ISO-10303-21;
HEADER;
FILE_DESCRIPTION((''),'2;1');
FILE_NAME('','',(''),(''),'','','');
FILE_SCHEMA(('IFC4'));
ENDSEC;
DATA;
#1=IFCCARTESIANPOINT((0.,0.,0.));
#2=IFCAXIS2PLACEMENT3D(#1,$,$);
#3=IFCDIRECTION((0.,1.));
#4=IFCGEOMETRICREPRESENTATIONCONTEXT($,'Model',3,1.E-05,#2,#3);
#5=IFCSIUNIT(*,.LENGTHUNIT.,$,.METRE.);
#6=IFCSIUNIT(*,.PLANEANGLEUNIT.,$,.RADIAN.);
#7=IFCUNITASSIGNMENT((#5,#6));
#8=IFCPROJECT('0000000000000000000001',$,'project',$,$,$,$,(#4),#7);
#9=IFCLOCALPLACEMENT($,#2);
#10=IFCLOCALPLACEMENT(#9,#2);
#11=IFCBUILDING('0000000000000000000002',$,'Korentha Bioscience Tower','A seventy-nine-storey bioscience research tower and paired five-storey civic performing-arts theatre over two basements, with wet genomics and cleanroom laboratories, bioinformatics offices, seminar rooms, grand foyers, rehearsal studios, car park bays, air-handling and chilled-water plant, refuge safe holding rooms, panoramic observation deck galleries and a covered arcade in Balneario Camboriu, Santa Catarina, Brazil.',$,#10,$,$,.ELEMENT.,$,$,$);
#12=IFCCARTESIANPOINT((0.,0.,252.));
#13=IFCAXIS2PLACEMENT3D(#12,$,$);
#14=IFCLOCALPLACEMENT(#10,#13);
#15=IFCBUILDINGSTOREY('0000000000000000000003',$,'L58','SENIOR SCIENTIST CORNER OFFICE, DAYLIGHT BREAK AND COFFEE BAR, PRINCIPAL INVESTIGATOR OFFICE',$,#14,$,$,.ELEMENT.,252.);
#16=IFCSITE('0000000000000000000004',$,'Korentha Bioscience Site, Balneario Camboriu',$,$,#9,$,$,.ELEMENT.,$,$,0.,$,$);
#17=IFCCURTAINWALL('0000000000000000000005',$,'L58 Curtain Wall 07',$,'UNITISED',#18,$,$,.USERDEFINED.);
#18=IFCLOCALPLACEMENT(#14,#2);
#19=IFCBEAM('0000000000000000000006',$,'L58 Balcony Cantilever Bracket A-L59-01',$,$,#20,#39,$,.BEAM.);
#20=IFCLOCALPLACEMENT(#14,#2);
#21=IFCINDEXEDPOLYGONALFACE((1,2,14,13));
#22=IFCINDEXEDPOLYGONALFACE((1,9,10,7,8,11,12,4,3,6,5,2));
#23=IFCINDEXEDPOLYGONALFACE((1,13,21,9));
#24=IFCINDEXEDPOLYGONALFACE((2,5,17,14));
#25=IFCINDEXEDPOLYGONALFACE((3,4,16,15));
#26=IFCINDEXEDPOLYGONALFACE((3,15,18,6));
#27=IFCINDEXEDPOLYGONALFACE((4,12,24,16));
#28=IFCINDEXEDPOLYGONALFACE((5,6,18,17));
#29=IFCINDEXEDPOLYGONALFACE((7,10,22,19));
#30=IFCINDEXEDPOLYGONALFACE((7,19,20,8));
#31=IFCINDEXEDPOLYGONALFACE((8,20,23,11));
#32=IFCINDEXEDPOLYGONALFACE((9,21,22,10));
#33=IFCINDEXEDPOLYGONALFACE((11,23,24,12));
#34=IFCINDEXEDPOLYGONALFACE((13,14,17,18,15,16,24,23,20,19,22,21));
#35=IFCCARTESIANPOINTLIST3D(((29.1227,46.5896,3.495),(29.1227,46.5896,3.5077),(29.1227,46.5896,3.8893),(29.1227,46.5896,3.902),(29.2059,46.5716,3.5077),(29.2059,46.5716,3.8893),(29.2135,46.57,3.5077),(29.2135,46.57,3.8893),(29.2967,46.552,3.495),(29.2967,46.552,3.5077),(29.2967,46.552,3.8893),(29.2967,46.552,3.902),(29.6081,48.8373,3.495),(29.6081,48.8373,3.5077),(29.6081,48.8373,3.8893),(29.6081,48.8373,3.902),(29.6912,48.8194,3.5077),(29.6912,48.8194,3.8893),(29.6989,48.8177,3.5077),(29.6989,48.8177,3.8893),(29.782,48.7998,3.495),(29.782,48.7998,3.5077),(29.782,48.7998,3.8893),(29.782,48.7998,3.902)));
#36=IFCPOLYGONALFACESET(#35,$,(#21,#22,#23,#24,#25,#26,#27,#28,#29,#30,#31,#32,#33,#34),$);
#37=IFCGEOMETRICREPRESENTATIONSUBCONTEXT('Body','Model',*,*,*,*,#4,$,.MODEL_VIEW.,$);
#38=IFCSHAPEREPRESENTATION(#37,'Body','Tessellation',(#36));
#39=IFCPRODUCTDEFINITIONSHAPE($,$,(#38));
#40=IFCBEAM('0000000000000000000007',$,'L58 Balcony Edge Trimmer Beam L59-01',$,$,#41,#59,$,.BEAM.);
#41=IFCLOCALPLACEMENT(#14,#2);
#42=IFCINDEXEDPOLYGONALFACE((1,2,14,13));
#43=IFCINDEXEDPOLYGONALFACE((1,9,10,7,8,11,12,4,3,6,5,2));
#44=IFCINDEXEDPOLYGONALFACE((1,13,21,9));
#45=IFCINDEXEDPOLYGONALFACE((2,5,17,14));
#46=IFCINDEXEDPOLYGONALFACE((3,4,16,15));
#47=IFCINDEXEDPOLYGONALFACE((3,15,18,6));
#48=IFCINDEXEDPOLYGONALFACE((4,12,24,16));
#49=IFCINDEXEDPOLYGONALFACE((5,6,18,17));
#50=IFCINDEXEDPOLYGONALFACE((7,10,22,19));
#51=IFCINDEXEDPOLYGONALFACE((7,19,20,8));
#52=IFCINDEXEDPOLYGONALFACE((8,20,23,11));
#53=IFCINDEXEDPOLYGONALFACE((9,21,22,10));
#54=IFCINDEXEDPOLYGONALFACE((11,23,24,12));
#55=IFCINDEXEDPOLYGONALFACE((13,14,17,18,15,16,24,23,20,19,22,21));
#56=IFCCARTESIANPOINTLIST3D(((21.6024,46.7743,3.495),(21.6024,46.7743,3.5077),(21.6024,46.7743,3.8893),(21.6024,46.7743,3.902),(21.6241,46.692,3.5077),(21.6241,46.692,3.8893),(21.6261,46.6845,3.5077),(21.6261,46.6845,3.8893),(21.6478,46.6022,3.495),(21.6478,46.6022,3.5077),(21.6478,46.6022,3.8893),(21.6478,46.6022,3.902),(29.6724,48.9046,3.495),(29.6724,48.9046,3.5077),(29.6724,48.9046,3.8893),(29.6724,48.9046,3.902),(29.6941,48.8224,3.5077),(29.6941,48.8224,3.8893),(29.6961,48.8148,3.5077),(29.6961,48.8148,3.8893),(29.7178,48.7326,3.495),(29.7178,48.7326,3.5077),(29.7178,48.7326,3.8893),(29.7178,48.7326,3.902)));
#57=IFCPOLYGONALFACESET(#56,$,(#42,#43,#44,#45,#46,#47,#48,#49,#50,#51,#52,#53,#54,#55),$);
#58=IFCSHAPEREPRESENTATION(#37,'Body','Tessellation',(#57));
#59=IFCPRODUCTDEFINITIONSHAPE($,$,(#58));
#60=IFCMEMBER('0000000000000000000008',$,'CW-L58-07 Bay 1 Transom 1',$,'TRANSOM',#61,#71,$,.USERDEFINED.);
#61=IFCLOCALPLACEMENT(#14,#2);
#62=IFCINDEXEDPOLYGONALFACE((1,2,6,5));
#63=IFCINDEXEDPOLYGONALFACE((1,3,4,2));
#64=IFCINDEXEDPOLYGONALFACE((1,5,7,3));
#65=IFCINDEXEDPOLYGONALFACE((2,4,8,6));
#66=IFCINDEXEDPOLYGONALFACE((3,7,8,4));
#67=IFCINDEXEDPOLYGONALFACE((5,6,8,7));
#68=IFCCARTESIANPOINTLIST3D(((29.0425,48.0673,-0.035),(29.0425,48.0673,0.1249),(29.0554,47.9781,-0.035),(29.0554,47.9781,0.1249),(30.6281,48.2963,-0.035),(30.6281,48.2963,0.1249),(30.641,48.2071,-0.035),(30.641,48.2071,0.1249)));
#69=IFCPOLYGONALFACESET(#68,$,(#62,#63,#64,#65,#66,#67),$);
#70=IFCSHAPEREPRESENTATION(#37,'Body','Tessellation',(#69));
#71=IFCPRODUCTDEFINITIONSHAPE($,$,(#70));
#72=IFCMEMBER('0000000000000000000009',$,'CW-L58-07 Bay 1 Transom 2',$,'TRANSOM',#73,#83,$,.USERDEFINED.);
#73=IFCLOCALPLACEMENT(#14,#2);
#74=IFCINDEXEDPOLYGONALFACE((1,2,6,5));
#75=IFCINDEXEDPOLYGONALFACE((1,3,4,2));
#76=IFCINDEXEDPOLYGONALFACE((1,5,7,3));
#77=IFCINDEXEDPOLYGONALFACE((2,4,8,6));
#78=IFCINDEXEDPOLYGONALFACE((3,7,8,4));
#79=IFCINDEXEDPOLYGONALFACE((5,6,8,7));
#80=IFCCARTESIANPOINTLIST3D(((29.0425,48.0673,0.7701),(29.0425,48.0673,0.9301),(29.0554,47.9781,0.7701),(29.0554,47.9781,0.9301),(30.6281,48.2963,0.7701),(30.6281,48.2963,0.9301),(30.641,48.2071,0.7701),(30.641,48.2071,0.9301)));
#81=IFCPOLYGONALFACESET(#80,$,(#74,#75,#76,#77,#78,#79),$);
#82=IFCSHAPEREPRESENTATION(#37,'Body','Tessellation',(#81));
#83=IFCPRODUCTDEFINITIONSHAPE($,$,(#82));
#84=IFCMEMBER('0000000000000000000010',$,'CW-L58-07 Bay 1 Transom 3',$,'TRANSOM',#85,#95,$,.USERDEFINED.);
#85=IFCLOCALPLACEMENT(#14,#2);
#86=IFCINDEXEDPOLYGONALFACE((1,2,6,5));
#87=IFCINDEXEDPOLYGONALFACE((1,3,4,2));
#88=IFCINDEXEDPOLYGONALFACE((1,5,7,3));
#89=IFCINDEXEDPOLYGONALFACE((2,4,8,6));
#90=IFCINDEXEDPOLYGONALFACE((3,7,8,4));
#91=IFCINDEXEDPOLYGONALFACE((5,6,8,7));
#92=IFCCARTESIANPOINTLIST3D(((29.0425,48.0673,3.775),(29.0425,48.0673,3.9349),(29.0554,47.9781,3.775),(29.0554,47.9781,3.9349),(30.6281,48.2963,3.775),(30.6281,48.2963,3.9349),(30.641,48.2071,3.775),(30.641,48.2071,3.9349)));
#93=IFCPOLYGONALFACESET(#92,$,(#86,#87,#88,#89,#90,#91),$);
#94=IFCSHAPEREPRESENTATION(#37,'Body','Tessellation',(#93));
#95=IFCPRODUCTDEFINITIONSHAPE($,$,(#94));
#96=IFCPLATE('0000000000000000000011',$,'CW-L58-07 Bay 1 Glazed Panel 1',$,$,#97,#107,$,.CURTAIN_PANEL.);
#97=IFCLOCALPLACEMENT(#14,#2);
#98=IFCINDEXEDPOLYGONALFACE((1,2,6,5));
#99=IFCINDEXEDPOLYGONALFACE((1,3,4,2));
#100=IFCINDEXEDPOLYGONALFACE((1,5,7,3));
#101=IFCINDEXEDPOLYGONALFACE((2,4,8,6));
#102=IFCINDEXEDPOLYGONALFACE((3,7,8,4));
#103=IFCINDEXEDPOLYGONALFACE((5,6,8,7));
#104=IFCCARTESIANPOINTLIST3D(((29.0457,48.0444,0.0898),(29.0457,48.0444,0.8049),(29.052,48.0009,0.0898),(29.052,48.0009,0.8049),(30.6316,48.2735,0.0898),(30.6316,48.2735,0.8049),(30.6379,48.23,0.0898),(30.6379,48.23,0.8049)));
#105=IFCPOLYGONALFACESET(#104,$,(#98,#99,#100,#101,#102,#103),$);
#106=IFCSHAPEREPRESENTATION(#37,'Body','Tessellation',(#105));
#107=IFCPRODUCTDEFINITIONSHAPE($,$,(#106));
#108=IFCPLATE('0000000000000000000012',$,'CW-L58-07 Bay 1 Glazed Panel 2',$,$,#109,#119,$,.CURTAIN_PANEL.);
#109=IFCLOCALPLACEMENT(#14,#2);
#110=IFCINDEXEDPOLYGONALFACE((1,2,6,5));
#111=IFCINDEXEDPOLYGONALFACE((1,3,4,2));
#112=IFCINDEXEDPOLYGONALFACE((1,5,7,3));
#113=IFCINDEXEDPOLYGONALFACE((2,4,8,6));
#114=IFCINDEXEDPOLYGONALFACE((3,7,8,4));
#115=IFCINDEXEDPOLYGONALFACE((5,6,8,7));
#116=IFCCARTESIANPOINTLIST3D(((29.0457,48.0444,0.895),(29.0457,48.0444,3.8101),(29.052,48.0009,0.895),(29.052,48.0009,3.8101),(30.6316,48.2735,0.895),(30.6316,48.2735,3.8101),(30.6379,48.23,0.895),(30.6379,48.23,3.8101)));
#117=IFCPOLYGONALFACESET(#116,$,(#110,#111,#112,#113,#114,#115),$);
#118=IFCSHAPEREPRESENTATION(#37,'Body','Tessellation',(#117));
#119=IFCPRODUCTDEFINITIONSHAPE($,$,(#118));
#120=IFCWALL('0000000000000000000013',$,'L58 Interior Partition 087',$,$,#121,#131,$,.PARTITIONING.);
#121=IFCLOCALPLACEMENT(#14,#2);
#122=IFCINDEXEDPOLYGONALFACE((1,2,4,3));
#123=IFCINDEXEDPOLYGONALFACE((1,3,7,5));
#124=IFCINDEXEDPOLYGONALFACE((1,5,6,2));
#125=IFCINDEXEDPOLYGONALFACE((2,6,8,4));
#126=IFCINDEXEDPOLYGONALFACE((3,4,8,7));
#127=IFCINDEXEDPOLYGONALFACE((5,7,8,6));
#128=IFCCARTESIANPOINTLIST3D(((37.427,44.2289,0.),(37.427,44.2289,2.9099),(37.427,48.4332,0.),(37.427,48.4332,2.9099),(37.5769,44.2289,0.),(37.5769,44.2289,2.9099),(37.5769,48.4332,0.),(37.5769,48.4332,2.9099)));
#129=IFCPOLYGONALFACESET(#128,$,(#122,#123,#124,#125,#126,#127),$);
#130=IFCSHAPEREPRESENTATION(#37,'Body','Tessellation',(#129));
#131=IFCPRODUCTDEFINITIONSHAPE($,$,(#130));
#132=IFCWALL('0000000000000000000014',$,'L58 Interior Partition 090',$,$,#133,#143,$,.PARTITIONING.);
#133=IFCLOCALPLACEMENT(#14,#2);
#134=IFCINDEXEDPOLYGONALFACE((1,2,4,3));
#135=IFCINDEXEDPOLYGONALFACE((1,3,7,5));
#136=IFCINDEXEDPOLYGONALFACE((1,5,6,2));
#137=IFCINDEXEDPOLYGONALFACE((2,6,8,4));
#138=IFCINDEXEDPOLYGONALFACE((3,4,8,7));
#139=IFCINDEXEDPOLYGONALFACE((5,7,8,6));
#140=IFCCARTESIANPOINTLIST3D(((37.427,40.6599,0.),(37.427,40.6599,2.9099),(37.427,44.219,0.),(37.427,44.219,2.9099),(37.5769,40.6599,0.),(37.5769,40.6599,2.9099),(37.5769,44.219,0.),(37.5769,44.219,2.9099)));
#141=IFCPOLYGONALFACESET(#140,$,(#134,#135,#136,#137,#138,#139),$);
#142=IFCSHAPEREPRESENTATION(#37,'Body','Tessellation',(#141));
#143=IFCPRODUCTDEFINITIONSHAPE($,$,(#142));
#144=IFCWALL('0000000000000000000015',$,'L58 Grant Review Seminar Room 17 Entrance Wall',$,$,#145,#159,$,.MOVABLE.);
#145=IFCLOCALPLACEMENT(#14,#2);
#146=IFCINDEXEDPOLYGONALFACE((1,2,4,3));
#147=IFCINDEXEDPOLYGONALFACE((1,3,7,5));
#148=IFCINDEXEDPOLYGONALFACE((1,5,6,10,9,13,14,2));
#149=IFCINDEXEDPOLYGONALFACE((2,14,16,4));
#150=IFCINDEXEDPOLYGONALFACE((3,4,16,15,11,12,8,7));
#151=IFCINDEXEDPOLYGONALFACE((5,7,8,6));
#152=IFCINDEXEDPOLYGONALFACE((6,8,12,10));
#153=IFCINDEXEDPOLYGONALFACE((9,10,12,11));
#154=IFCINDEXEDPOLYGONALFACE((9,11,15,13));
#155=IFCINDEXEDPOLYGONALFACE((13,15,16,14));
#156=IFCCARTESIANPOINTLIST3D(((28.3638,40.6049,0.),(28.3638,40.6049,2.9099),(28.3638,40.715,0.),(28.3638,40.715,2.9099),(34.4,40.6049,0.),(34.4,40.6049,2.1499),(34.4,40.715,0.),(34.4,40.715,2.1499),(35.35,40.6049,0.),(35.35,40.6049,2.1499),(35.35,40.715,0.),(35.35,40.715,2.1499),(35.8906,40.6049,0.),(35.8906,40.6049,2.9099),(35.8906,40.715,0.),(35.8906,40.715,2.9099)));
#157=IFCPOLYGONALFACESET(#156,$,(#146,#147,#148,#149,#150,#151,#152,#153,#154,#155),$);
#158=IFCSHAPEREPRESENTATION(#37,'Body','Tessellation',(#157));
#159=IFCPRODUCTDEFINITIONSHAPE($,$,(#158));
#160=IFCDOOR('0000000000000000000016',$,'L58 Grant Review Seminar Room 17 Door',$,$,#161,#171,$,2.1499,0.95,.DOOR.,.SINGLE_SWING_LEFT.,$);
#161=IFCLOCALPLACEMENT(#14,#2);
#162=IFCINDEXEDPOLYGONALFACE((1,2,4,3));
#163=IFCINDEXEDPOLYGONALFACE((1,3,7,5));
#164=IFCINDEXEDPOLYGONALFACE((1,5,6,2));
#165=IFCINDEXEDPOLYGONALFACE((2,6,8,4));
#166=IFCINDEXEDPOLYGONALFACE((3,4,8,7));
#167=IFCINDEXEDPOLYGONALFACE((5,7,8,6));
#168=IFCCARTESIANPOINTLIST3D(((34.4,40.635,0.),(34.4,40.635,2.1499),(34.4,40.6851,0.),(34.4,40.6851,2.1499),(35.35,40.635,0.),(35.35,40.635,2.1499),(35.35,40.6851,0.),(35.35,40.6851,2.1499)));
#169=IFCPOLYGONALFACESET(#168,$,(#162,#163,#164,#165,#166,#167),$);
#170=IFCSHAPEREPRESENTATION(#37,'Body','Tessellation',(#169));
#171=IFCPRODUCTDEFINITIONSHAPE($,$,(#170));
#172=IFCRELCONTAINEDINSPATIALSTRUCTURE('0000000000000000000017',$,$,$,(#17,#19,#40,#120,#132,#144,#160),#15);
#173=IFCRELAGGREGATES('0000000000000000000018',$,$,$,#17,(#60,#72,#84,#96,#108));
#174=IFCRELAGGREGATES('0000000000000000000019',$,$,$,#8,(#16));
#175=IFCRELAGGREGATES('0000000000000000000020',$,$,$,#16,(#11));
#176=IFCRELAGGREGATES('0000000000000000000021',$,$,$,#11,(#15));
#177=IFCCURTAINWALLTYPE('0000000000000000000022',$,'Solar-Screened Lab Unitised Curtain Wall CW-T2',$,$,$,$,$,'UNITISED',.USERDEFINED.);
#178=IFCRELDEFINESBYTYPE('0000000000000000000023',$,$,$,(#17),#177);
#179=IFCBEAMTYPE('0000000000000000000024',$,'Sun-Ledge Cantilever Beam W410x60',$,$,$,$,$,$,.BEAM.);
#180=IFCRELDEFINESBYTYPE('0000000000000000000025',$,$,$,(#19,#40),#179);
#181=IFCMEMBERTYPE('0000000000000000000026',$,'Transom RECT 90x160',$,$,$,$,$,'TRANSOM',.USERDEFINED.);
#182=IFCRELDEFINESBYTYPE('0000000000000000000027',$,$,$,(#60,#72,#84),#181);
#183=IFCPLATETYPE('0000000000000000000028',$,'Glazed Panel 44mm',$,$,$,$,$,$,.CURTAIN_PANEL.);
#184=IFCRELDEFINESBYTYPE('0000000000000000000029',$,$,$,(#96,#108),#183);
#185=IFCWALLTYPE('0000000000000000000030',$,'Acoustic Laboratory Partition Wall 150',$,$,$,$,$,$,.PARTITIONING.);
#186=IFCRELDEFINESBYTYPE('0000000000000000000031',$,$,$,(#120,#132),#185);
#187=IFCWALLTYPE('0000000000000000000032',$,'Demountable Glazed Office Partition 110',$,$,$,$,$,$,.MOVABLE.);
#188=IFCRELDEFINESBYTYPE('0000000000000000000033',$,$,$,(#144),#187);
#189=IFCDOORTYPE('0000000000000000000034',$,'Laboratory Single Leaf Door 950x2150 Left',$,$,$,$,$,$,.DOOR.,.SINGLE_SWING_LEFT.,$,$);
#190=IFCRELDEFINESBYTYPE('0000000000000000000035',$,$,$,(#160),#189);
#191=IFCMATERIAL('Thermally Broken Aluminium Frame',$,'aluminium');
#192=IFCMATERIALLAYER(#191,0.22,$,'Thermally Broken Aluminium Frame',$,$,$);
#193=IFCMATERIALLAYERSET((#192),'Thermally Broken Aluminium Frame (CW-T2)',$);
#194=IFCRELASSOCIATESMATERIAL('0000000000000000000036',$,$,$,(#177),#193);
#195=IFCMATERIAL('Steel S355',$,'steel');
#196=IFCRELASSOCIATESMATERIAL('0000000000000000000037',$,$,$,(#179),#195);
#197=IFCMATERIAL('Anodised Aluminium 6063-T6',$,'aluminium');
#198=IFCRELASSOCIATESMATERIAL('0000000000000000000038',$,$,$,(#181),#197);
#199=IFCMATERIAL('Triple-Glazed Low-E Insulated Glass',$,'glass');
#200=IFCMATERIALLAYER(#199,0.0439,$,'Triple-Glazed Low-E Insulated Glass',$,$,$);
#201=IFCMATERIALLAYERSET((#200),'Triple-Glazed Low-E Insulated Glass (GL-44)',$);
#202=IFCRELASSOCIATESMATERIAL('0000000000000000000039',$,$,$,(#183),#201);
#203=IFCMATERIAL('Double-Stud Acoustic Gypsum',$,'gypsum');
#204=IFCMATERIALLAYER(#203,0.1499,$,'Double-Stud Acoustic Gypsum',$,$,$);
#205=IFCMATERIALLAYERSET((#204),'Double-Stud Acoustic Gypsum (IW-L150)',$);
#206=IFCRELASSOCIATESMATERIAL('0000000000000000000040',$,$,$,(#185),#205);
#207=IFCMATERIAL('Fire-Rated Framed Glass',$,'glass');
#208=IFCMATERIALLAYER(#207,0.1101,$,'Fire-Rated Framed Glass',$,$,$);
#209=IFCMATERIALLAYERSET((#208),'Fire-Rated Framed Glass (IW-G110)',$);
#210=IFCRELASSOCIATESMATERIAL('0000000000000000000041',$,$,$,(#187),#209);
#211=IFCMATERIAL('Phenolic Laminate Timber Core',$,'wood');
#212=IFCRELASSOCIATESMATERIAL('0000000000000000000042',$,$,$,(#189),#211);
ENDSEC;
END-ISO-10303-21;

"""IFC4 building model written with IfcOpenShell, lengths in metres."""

from ifc_helpers import new_model, si_unit, direction, frame, frame_2d, origin, origin_2d, place, context, subcontext, project, spatial, rectangle, i_section, extrude, material, layer, layer_set, material_profile, profile_set, type_object, element, fill, aggregate, save


model = new_model("IFC4")

# Units and contexts
model_context = context("Model", 3, precision=1e-05, world=origin(), true_north=direction((0.0, 1.0)))
body_context = subcontext(model_context, "Body", "Model", "MODEL_VIEW")
ifc_project = project(units=[si_unit("LENGTHUNIT", "METRE"), si_unit("PLANEANGLEUNIT", "RADIAN")], contexts=[model_context])

# Site, building, storey
site_placement = place(None, origin())
site = spatial("IfcSite", under=ifc_project, at=site_placement, Name="Korentha Bioscience Site, Balneario Camboriu", CompositionType="ELEMENT", RefElevation=0.0)
building_placement = place(site_placement, origin())
building = spatial("IfcBuilding", under=site, at=building_placement, Name="Korentha Bioscience Tower", Description="A seventy-nine-storey bioscience research tower and paired five-storey civic performing-arts theatre over two basements, with wet genomics and cleanroom laboratories, bioinformatics offices, seminar rooms, grand foyers, rehearsal studios, car park bays, air-handling and chilled-water plant, refuge safe holding rooms, panoramic observation deck galleries and a covered arcade in Balneario Camboriu, Santa Catarina, Brazil.", CompositionType="ELEMENT")
storey_placement = place(building_placement, frame((0.0, 0.0, 252.0)))
storey = spatial("IfcBuildingStorey", under=building, at=storey_placement, Name="L58", Description="SENIOR SCIENTIST CORNER OFFICE, DAYLIGHT BREAK AND COFFEE BAR, PRINCIPAL INVESTIGATOR OFFICE", CompositionType="ELEMENT", Elevation=252.0)

# Curtain wall
ifc_material_1 = material(Name="Thermally Broken Aluminium Frame", Category="aluminium")
ifc_layer_1 = layer(ifc_material_1, 0.22, Name="Thermally Broken Aluminium Frame")
ifc_layer_set_1 = layer_set([ifc_layer_1], Name="Thermally Broken Aluminium Frame (CW-T2)")
curtain_wall_type = type_object("IfcCurtainWallType", Name="Solar-Screened Lab Unitised Curtain Wall CW-T2", ElementType="UNITISED", PredefinedType="USERDEFINED", material=ifc_layer_set_1)
curtain_wall_placement = place(storey_placement, origin())
curtain_wall = element("IfcCurtainWall", 1, at=curtain_wall_placement, inside=storey, type_object=curtain_wall_type, Name="L58 Curtain Wall 07", ObjectType="UNITISED", PredefinedType="USERDEFINED")
ifc_material_2 = material(Name="Anodised Aluminium 6063-T6", Category="aluminium")

# Beams
ifc_material_3 = material(Name="Steel S355", Category="steel")
ifc_material_profile_1 = material_profile(ifc_material_3, i_section(OverallWidth=0.178, OverallDepth=0.407, WebThickness=0.0078, FlangeThickness=0.0127, at=origin_2d()), Name="Steel S355")
ifc_profile_set_1 = profile_set([ifc_material_profile_1], Name="Steel S355 (CB-410)")
beam_type_1 = type_object("IfcBeamType", Name="Sun-Ledge Cantilever Beam W410x60", PredefinedType="BEAM", material=ifc_profile_set_1)
beam_1_placement = place(storey_placement, frame((29.2097, 46.5708, 3.6985), z_axis=(0.211059, 0.977473, 0.0), x_axis=(-0.977473, 0.211059, 0.0)))
element("IfcBeam", 2, at=beam_1_placement, inside=storey, type_object=beam_type_1, Name="L58 Balcony Cantilever Bracket A-L59-01", PredefinedType="BEAM", context=body_context, shape_type="SweptSolid", body=[
    extrude(i_section(OverallWidth=0.178, OverallDepth=0.407, WebThickness=0.0078, FlangeThickness=0.0127, at=origin_2d()), origin(), (0.0, 0.0, 1.0), 2.2996),
])
beam_2_placement = place(storey_placement, frame((29.6951, 48.8186, 3.6985), z_axis=(-0.966878, -0.25524, 0.0), x_axis=(0.25524, -0.966878, 0.0)))
element("IfcBeam", 3, at=beam_2_placement, inside=storey, type_object=beam_type_1, Name="L58 Balcony Edge Trimmer Beam L59-01", PredefinedType="BEAM", context=body_context, shape_type="SweptSolid", body=[
    extrude(i_section(OverallWidth=0.178, OverallDepth=0.407, WebThickness=0.0078, FlangeThickness=0.0127, at=origin_2d()), origin(), (0.0, 0.0, 1.0), 8.3464),
])

# Members
ifc_material_profile_2 = material_profile(ifc_material_2, rectangle(XDim=0.0901, YDim=0.1599, at=origin_2d()), Name="Anodised Aluminium 6063-T6")
ifc_profile_set_2 = profile_set([ifc_material_profile_2], Name="Anodised Aluminium 6063-T6 (CW-TRN)")
member_type_1 = type_object("IfcMemberType", Name="Transom RECT 90x160", ElementType="TRANSOM", PredefinedType="USERDEFINED", material=ifc_profile_set_2)
member_1_placement = place(storey_placement, frame((30.6345, 48.2517, 0.0449), z_axis=(-0.989732, -0.142936, 0.0), x_axis=(0.142936, -0.989732, 0.0)))
member_1 = element("IfcMember", 4, at=member_1_placement, type_object=member_type_1, Name="CW-L58-07 Bay 1 Transom 1", ObjectType="TRANSOM", PredefinedType="USERDEFINED", context=body_context, shape_type="SweptSolid", body=[
    extrude(rectangle(XDim=0.0901, YDim=0.1599, at=origin_2d()), origin(), (0.0, 0.0, 1.0), 1.6021),
])
member_2_placement = place(storey_placement, frame((30.6345, 48.2517, 0.8501), z_axis=(-0.989732, -0.142936, 0.0), x_axis=(0.142936, -0.989732, 0.0)))
member_2 = element("IfcMember", 5, at=member_2_placement, type_object=member_type_1, Name="CW-L58-07 Bay 1 Transom 2", ObjectType="TRANSOM", PredefinedType="USERDEFINED", context=body_context, shape_type="SweptSolid", body=[
    extrude(rectangle(XDim=0.0901, YDim=0.1599, at=origin_2d()), origin(), (0.0, 0.0, 1.0), 1.6021),
])
member_3_placement = place(storey_placement, frame((30.6345, 48.2517, 3.855), z_axis=(-0.989732, -0.142936, 0.0), x_axis=(0.142936, -0.989732, 0.0)))
member_3 = element("IfcMember", 6, at=member_3_placement, type_object=member_type_1, Name="CW-L58-07 Bay 1 Transom 3", ObjectType="TRANSOM", PredefinedType="USERDEFINED", context=body_context, shape_type="SweptSolid", body=[
    extrude(rectangle(XDim=0.0901, YDim=0.1599, at=origin_2d()), origin(), (0.0, 0.0, 1.0), 1.6021),
])

# Plates
ifc_material_4 = material(Name="Triple-Glazed Low-E Insulated Glass", Category="glass")
ifc_layer_2 = layer(ifc_material_4, 0.0439, Name="Triple-Glazed Low-E Insulated Glass")
ifc_layer_set_2 = layer_set([ifc_layer_2], Name="Triple-Glazed Low-E Insulated Glass (GL-44)")
plate_type = type_object("IfcPlateType", Name="Glazed Panel 44mm", PredefinedType="CURTAIN_PANEL", material=ifc_layer_set_2)
plate_1_placement = place(storey_placement, frame((29.8418, 48.1372, 0.0898), z_axis=(0.0, 0.0, 1.0), x_axis=(-0.989729, -0.142956, 0.0)))
plate_1 = element("IfcPlate", 7, at=plate_1_placement, type_object=plate_type, Name="CW-L58-07 Bay 1 Glazed Panel 1", PredefinedType="CURTAIN_PANEL", context=body_context, shape_type="SweptSolid", body=[
    extrude(rectangle(XDim=1.6023, YDim=0.0439, at=origin_2d()), origin(), (0.0, 0.0, 1.0), 0.7151),
])
plate_2_placement = place(storey_placement, frame((29.8418, 48.1372, 0.895), z_axis=(0.0, 0.0, 1.0), x_axis=(-0.989729, -0.142956, 0.0)))
plate_2 = element("IfcPlate", 8, at=plate_2_placement, type_object=plate_type, Name="CW-L58-07 Bay 1 Glazed Panel 2", PredefinedType="CURTAIN_PANEL", context=body_context, shape_type="SweptSolid", body=[
    extrude(rectangle(XDim=1.6023, YDim=0.0439, at=origin_2d()), origin(), (0.0, 0.0, 1.0), 2.915),
])
aggregate(curtain_wall, [member_1, member_2, member_3, plate_1, plate_2])

# Walls
ifc_material_5 = material(Name="Double-Stud Acoustic Gypsum", Category="gypsum")
ifc_layer_3 = layer(ifc_material_5, 0.1499, Name="Double-Stud Acoustic Gypsum")
ifc_layer_set_3 = layer_set([ifc_layer_3], Name="Double-Stud Acoustic Gypsum (IW-L150)")
wall_type_1 = type_object("IfcWallType", Name="Acoustic Laboratory Partition Wall 150", PredefinedType="PARTITIONING", material=ifc_layer_set_3)
wall_1_placement = place(storey_placement, frame((37.502, 44.229, 0.0), z_axis=(0.0, 0.0, 1.0), x_axis=(0.0, 1.0, 0.0)))
element("IfcWall", 9, at=wall_1_placement, inside=storey, type_object=wall_type_1, Name="L58 Interior Partition 087", PredefinedType="PARTITIONING", context=body_context, shape_type="SweptSolid", body=[
    extrude(rectangle(XDim=4.2043, YDim=0.1499, at=frame_2d((2.1021, 0.0))), origin(), (0.0, 0.0, 1.0), 2.9099),
])
wall_2_placement = place(storey_placement, frame((37.502, 40.6599, 0.0), z_axis=(0.0, 0.0, 1.0), x_axis=(0.0, 1.0, 0.0)))
element("IfcWall", 10, at=wall_2_placement, inside=storey, type_object=wall_type_1, Name="L58 Interior Partition 090", PredefinedType="PARTITIONING", context=body_context, shape_type="SweptSolid", body=[
    extrude(rectangle(XDim=3.5591, YDim=0.1499, at=frame_2d((1.7795, 0.0))), origin(), (0.0, 0.0, 1.0), 2.9099),
])

# Wall, opening, door
ifc_material_6 = material(Name="Fire-Rated Framed Glass", Category="glass")
ifc_layer_4 = layer(ifc_material_6, 0.1101, Name="Fire-Rated Framed Glass")
ifc_layer_set_4 = layer_set([ifc_layer_4], Name="Fire-Rated Framed Glass (IW-G110)")
wall_type_2 = type_object("IfcWallType", Name="Demountable Glazed Office Partition 110", PredefinedType="MOVABLE", material=ifc_layer_set_4)
wall_3_placement = place(storey_placement, frame((35.8906, 40.6599, 0.0), z_axis=(0.0, 0.0, 1.0), x_axis=(-1.0, 0.0, 0.0)))
wall_3 = element("IfcWall", 11, at=wall_3_placement, inside=storey, type_object=wall_type_2, Name="L58 Grant Review Seminar Room 17 Entrance Wall", PredefinedType="MOVABLE", context=body_context, shape_type="SweptSolid", body=[
    extrude(rectangle(XDim=7.5269, YDim=0.1101, at=frame_2d((3.7634, 0.0))), origin(), (0.0, 0.0, 1.0), 2.9099),
])
opening_1_placement = place(wall_3_placement, frame((0.5405, 0.0, 0.0)))
opening_1 = element("IfcOpeningElement", 12, at=opening_1_placement, cuts=wall_3, PredefinedType="OPENING", context=body_context, shape_type="SweptSolid", body=[
    extrude(rectangle(XDim=0.95, YDim=2.1499, at=frame_2d((0.4751, 1.075))), frame((0.0, 0.0698, 0.0), z_axis=(0.0, -1.0, 0.0), x_axis=(1.0, 0.0, 0.0)), (0.0, 0.0, 1.0), 0.1399),
])
ifc_material_7 = material(Name="Phenolic Laminate Timber Core", Category="wood")
door_type_1 = type_object("IfcDoorType", Name="Laboratory Single Leaf Door 950x2150 Left", OperationType="SINGLE_SWING_LEFT", PredefinedType="DOOR", material=ifc_material_7)
door_1_placement = place(opening_1_placement, origin())
door_1 = element("IfcDoor", 13, at=door_1_placement, inside=storey, type_object=door_type_1, Name="L58 Grant Review Seminar Room 17 Door", OperationType="SINGLE_SWING_LEFT", OverallHeight=2.1499, OverallWidth=0.95, PredefinedType="DOOR", context=body_context, shape_type="SweptSolid", body=[
    extrude(rectangle(XDim=0.95, YDim=2.1499, at=frame_2d((0.4751, 1.075))), frame((0.0, 0.0249, 0.0), z_axis=(0.0, -1.0, 0.0), x_axis=(1.0, 0.0, 0.0)), (0.0, 0.0, 1.0), 0.05),
])
fill(opening_1, door_1)

save(model, "model.ifc")
